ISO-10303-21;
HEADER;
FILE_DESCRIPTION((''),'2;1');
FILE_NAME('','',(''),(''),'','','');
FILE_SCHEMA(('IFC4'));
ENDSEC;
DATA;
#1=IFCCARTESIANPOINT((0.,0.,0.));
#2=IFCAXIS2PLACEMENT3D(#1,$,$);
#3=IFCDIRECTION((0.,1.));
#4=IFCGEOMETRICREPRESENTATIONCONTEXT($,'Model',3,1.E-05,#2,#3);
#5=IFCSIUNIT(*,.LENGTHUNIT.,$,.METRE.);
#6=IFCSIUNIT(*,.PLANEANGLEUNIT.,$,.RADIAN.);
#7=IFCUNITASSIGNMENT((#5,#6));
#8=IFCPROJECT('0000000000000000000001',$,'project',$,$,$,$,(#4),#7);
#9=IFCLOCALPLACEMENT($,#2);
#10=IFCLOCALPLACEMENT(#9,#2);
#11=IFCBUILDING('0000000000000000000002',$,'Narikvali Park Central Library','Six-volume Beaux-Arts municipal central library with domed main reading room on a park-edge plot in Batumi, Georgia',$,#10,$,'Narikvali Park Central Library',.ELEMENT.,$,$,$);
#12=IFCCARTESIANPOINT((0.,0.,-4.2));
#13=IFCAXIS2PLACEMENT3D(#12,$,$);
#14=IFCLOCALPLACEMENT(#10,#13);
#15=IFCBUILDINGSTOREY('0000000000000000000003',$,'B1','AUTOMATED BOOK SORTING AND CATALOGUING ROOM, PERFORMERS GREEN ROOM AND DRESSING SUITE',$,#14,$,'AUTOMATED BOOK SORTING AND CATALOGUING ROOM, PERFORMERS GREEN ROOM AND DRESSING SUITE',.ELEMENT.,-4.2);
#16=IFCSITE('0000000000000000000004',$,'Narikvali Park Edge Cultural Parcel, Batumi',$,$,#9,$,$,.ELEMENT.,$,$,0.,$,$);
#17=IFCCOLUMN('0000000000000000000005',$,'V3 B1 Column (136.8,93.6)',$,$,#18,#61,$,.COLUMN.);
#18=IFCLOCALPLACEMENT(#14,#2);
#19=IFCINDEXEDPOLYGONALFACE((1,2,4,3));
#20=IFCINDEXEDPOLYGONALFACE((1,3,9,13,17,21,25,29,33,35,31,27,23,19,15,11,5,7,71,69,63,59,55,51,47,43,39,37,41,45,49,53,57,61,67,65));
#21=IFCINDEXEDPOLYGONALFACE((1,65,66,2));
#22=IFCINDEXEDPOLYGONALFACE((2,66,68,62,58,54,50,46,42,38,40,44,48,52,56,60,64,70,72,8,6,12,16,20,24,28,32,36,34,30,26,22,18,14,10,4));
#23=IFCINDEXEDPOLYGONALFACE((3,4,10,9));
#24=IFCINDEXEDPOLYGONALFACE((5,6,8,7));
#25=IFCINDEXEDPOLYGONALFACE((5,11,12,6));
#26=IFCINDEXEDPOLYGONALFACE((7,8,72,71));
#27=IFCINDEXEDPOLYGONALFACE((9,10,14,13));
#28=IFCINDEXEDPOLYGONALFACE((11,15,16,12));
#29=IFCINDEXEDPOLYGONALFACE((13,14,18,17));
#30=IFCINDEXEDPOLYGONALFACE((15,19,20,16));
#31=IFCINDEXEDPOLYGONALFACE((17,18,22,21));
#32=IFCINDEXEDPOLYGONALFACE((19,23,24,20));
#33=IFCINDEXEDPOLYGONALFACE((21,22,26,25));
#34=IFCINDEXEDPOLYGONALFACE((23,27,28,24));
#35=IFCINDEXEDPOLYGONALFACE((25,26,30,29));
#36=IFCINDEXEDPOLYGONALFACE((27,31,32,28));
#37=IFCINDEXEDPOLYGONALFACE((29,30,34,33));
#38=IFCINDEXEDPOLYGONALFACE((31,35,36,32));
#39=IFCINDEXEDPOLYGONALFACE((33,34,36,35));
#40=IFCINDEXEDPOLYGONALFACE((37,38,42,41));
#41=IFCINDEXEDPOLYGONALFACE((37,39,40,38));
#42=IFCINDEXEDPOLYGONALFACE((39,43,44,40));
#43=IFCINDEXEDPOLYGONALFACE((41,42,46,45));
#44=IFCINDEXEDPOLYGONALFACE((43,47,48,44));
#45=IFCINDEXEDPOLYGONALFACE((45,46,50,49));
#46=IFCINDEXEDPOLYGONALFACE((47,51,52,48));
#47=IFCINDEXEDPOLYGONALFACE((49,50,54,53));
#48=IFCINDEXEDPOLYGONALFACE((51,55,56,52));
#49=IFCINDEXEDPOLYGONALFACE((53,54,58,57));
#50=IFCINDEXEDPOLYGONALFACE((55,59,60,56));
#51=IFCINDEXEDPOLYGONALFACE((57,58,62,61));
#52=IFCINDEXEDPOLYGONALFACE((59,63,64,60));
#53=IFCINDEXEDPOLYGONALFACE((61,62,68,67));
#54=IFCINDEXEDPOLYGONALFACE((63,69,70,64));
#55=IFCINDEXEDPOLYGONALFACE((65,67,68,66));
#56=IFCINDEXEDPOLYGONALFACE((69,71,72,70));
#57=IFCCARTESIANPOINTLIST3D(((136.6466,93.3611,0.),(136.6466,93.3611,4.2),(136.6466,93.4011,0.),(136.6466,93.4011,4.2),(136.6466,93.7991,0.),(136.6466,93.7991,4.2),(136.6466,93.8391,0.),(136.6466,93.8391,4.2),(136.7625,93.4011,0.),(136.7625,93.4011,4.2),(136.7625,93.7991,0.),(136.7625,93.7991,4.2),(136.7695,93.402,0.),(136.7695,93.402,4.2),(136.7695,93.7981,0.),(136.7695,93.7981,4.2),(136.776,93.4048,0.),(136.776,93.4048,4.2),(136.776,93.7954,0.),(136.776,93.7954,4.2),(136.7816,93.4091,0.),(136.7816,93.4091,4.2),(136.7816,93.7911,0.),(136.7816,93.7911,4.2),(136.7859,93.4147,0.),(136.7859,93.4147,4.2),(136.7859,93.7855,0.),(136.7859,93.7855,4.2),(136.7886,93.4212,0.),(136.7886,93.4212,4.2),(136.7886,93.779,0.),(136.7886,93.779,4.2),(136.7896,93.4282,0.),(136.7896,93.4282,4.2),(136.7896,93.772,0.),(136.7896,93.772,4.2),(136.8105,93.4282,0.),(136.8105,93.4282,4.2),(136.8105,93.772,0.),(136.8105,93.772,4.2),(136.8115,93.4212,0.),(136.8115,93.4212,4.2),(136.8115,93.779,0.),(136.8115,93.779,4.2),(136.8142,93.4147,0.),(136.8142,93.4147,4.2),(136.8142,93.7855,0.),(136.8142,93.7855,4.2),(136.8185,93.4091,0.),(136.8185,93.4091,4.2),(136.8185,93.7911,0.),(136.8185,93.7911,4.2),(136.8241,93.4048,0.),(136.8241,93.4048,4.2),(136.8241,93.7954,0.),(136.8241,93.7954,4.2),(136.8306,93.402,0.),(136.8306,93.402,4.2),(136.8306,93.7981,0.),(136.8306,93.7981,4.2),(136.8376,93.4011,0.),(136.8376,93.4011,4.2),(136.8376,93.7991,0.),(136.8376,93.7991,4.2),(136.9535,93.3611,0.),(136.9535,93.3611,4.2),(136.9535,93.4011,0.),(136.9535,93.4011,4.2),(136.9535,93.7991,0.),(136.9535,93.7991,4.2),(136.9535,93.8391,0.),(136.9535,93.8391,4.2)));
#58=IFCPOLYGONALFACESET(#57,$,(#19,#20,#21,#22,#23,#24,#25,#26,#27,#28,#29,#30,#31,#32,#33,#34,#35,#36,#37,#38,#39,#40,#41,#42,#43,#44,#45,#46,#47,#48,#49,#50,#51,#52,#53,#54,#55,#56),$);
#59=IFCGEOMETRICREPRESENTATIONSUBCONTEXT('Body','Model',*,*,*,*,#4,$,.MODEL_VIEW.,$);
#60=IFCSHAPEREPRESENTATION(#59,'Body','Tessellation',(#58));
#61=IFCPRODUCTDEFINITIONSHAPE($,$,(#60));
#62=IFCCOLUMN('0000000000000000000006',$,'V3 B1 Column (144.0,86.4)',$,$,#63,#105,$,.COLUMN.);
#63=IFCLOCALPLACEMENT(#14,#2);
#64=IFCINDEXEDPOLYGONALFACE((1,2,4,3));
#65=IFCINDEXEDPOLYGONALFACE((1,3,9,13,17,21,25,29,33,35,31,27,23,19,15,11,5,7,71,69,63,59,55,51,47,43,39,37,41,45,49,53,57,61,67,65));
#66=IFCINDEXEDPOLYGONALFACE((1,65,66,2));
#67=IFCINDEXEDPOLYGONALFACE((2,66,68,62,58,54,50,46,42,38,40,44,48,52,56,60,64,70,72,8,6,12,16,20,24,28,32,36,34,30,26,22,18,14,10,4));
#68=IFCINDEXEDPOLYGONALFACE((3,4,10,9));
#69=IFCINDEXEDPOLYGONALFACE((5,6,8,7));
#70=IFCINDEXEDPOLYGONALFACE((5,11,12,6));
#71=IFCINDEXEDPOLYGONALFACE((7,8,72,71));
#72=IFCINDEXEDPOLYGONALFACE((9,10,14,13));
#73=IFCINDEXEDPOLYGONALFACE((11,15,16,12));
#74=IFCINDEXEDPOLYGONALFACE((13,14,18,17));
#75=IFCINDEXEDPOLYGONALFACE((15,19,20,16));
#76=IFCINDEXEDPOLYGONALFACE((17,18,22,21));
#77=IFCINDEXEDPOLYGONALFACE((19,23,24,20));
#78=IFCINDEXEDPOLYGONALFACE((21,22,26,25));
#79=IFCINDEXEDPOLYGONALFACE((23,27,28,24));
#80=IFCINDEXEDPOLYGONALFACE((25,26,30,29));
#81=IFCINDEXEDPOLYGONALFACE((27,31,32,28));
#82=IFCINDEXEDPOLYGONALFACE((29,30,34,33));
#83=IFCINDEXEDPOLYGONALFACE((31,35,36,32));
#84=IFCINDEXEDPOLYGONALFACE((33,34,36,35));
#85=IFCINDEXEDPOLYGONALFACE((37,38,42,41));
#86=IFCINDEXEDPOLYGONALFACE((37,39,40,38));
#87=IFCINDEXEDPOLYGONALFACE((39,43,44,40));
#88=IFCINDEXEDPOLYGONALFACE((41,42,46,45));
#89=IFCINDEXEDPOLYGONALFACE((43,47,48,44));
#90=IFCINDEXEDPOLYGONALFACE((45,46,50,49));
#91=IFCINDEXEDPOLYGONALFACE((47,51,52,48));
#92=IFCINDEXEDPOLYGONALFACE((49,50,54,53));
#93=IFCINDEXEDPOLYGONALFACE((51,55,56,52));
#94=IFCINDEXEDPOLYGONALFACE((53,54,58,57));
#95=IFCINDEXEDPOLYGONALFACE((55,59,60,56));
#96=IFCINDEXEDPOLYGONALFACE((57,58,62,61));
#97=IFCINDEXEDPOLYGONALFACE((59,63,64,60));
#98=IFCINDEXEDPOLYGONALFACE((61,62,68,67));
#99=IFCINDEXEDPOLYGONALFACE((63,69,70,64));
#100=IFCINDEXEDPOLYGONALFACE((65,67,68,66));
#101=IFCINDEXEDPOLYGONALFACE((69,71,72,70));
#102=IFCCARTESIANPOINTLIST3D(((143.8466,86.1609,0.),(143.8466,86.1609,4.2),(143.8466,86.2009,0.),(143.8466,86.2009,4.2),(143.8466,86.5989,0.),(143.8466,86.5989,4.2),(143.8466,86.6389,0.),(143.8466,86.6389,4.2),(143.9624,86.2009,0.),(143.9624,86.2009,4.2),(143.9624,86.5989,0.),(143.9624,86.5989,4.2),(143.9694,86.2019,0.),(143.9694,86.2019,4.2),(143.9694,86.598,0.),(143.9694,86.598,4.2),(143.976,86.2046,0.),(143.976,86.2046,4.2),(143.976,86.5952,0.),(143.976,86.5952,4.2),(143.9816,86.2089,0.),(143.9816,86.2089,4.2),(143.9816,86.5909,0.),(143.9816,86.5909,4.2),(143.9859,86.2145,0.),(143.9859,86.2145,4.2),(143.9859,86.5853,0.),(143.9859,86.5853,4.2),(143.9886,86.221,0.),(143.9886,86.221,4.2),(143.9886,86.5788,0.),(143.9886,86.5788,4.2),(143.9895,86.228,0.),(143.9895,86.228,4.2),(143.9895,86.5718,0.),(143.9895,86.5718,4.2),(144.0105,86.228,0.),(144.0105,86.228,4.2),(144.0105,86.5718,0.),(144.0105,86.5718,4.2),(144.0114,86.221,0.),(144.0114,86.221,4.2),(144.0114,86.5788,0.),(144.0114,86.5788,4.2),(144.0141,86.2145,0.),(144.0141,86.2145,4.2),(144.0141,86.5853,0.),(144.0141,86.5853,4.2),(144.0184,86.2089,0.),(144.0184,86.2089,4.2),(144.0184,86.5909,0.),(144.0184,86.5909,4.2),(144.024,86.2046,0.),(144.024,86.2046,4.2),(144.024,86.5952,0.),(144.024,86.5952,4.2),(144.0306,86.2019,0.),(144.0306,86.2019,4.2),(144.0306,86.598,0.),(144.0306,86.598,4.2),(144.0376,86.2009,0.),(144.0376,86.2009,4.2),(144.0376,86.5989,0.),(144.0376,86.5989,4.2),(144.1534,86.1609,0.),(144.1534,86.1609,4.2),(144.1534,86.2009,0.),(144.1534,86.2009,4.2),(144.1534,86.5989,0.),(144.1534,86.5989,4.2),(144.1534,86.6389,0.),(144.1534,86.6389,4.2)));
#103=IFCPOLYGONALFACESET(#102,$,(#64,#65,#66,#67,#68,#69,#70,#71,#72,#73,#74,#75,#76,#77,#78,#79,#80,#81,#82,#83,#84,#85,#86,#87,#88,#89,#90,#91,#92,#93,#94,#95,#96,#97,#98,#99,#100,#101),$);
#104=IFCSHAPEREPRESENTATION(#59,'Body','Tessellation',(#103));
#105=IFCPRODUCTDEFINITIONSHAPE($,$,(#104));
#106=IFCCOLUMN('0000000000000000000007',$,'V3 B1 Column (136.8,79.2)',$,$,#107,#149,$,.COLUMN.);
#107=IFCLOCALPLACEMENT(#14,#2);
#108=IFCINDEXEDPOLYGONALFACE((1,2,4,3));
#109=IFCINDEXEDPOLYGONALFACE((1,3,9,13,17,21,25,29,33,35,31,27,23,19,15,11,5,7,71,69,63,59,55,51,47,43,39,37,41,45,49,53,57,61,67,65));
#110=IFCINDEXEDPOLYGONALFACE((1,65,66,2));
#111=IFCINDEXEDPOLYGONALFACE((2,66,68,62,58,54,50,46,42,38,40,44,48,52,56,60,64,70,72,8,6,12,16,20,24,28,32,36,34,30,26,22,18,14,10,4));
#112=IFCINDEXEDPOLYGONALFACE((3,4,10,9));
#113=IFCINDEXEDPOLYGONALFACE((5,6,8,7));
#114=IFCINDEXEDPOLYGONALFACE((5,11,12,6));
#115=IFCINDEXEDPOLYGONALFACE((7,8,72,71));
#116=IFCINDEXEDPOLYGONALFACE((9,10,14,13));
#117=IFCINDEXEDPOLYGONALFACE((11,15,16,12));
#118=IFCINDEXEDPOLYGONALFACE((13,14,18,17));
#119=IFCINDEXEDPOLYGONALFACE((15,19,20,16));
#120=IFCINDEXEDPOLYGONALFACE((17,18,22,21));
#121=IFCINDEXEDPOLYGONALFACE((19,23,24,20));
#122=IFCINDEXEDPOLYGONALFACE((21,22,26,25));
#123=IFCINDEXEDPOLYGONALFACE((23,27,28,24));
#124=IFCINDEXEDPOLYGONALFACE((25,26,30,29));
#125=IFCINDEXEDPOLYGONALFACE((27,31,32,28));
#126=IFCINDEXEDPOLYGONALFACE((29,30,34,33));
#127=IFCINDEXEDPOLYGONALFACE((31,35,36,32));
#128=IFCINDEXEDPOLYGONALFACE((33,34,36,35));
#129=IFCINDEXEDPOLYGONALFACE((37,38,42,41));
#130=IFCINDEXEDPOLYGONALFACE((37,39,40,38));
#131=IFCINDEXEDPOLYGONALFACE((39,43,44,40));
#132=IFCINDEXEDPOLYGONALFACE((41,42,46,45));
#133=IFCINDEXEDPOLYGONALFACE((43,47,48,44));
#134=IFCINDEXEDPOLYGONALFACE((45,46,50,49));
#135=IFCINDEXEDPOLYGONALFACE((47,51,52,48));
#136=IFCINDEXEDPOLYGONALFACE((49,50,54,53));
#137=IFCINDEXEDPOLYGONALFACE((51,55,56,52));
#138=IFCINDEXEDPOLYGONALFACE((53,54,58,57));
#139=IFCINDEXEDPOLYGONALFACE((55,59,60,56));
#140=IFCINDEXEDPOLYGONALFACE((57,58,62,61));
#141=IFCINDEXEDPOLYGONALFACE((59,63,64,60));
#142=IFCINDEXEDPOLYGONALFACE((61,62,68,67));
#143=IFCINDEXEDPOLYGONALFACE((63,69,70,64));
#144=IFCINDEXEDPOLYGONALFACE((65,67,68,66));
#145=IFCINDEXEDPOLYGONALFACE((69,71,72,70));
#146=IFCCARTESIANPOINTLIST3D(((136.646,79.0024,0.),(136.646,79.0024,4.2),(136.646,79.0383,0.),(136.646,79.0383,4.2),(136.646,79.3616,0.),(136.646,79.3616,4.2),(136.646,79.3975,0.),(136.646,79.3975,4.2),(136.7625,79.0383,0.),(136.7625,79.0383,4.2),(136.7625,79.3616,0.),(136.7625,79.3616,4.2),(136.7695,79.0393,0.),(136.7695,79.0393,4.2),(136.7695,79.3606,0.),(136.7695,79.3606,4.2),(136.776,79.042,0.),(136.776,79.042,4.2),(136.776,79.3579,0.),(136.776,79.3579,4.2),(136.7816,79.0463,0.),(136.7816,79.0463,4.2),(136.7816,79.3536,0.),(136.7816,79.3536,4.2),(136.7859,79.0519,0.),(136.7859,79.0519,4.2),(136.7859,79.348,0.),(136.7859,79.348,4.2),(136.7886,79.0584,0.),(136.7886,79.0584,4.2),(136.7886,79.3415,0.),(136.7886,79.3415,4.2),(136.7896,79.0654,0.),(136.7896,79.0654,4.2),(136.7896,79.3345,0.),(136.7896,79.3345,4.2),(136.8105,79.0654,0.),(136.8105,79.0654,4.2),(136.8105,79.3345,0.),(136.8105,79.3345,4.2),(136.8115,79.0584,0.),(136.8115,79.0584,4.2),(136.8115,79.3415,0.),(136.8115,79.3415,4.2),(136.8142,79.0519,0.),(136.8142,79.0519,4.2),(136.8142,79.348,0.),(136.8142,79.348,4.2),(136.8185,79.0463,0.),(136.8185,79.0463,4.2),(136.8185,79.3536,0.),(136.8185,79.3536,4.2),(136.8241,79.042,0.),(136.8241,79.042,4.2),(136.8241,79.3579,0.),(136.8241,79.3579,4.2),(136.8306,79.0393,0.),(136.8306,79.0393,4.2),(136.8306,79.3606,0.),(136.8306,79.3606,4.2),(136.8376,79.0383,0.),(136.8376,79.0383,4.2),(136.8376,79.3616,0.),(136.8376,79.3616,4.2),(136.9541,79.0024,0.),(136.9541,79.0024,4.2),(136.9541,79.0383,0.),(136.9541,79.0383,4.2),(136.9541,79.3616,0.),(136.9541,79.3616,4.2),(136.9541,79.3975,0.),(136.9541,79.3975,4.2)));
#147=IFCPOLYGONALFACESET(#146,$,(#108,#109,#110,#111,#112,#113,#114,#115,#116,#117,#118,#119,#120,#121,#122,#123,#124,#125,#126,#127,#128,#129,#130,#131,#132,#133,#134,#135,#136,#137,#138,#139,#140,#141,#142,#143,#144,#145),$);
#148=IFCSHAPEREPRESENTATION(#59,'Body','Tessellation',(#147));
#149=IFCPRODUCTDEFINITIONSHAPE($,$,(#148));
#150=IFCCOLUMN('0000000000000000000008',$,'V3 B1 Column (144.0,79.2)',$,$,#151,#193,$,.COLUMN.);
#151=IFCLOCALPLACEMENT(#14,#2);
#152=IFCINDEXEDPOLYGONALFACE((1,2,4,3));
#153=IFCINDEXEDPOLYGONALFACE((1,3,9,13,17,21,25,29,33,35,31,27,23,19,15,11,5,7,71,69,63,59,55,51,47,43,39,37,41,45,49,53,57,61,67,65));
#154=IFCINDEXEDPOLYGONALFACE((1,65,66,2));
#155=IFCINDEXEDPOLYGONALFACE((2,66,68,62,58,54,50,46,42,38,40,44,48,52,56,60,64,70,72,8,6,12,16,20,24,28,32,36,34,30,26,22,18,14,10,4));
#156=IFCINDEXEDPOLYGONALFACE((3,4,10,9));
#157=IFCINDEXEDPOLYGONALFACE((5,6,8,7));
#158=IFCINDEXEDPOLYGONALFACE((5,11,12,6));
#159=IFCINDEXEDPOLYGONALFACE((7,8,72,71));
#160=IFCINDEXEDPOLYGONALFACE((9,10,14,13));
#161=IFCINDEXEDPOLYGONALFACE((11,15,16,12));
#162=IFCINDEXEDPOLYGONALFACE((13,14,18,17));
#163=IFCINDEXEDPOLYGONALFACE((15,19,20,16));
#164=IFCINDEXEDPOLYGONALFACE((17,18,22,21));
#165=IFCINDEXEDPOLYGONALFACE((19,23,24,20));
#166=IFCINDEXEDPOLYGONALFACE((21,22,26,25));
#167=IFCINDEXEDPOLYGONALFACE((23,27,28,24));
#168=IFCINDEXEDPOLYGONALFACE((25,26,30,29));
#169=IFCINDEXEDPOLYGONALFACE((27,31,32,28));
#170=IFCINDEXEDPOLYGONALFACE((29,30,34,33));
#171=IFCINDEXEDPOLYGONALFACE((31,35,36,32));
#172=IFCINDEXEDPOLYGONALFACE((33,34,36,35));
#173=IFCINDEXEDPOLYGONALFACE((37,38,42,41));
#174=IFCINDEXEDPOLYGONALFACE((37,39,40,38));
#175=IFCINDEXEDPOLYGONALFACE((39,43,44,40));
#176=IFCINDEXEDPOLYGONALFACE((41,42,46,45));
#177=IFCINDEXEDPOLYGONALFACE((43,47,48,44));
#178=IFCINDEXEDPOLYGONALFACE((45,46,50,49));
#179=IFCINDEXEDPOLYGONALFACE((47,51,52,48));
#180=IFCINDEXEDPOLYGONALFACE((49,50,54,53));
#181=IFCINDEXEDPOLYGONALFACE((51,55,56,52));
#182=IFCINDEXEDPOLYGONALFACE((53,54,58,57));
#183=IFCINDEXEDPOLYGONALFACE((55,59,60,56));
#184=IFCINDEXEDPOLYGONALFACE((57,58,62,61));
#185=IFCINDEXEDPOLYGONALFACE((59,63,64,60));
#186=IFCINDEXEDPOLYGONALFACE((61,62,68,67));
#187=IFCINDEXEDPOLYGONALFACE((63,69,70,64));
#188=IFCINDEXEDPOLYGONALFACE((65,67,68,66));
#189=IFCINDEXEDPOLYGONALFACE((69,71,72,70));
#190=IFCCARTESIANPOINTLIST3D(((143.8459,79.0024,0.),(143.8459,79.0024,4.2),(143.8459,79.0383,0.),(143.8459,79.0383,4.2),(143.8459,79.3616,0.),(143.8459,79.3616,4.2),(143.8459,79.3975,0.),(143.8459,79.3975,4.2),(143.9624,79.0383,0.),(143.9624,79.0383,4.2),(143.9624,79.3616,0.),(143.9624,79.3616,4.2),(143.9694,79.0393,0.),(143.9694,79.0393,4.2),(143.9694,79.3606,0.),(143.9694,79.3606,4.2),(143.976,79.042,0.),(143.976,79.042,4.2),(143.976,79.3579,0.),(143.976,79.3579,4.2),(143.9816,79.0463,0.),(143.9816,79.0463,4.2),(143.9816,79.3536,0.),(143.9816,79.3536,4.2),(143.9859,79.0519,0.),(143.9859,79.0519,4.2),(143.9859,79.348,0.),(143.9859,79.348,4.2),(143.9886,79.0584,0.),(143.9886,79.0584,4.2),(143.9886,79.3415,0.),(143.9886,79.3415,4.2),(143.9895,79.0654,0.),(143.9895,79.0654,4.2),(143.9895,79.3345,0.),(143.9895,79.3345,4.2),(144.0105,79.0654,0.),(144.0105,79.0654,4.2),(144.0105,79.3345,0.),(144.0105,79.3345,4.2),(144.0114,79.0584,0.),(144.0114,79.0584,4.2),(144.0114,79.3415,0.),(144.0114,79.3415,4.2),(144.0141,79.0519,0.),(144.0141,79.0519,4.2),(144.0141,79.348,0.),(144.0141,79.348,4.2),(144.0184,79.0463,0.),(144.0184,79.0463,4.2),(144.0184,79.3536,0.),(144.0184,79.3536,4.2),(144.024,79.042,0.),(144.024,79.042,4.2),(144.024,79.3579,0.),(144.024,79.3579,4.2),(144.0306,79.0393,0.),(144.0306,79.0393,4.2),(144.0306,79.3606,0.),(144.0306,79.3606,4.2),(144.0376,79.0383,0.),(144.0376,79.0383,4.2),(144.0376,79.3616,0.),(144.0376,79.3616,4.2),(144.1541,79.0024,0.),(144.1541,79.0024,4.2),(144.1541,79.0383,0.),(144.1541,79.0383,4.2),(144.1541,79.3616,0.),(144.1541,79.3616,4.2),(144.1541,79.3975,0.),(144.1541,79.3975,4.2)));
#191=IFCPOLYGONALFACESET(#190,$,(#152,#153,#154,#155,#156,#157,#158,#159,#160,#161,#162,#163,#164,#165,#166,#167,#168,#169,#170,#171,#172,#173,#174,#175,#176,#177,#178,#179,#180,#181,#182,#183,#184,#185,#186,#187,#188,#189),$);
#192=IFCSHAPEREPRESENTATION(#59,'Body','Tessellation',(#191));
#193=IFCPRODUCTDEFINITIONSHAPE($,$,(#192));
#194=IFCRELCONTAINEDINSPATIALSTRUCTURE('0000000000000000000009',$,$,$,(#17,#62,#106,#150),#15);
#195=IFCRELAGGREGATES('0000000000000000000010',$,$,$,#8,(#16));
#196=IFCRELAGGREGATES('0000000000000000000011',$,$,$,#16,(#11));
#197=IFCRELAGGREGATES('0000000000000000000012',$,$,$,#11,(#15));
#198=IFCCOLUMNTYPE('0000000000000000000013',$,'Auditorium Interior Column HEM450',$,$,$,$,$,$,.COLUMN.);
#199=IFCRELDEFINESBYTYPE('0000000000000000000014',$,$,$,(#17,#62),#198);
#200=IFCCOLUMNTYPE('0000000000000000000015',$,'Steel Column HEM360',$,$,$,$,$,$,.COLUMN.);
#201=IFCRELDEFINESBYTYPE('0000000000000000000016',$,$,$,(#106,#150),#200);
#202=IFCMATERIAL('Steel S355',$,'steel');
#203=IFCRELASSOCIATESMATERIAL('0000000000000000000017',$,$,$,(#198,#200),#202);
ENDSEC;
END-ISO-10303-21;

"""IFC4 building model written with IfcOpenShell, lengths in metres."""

from ifc_helpers import new_model, si_unit, direction, frame, origin, origin_2d, place, context, subcontext, project, spatial, i_section, extrude, material, material_profile, profile_set, type_object, element, save


model = new_model("IFC4")

# Units and contexts
model_context = context("Model", 3, precision=1e-05, world=origin(), true_north=direction((0.0, 1.0)))
body_context = subcontext(model_context, "Body", "Model", "MODEL_VIEW")
ifc_project = project(units=[si_unit("LENGTHUNIT", "METRE"), si_unit("PLANEANGLEUNIT", "RADIAN")], contexts=[model_context])

# Site, building, storey
site_placement = place(None, origin())
site = spatial("IfcSite", under=ifc_project, at=site_placement, Name="Narikvali Park Edge Cultural Parcel, Batumi", CompositionType="ELEMENT", RefElevation=0.0)
building_placement = place(site_placement, origin())
building = spatial("IfcBuilding", under=site, at=building_placement, Name="Narikvali Park Central Library", Description="Six-volume Beaux-Arts municipal central library with domed main reading room on a park-edge plot in Batumi, Georgia", LongName="Narikvali Park Central Library", CompositionType="ELEMENT")
storey_placement = place(building_placement, frame((0.0, 0.0, -4.2)))
storey = spatial("IfcBuildingStorey", under=building, at=storey_placement, Name="B1", Description="AUTOMATED BOOK SORTING AND CATALOGUING ROOM, PERFORMERS GREEN ROOM AND DRESSING SUITE", LongName="AUTOMATED BOOK SORTING AND CATALOGUING ROOM, PERFORMERS GREEN ROOM AND DRESSING SUITE", CompositionType="ELEMENT", Elevation=-4.2)

# Columns
ifc_material_1 = material(Name="Steel S355", Category="steel")
ifc_material_profile_1 = material_profile(ifc_material_1, i_section(OverallWidth=0.3069, OverallDepth=0.478, WebThickness=0.021, FlangeThickness=0.04, FilletRadius=0.0271, at=origin_2d()), Name="HEM 450")
ifc_profile_set_1 = profile_set([ifc_material_profile_1], Name="Steel S355")
column_type_1 = type_object("IfcColumnType", Name="Auditorium Interior Column HEM450", PredefinedType="COLUMN", material=ifc_profile_set_1)
for number, where, z_axis, x_axis, name in (
    (1, (136.8, 93.6001, 0.0), (0.0, 0.0, 1.0), (1.0, 0.0, 0.0), "V3 B1 Column (136.8,93.6)"),
    (2, (144.0, 86.3999, 0.0), (0.0, 0.0, 1.0), (1.0, 0.0, 0.0), "V3 B1 Column (144.0,86.4)"),
):
    element("IfcColumn", number, at=place(storey_placement, frame(where, z_axis=z_axis, x_axis=x_axis)), inside=storey, type_object=column_type_1, Name=name, PredefinedType="COLUMN", context=body_context, shape_type="SweptSolid", body=[
        extrude(i_section(OverallWidth=0.3069, OverallDepth=0.478, WebThickness=0.021, FlangeThickness=0.04, FilletRadius=0.0271, at=origin_2d()), origin(), (0.0, 0.0, 1.0), 4.2),
    ])
ifc_material_profile_2 = material_profile(ifc_material_1, i_section(OverallWidth=0.3081, OverallDepth=0.395, WebThickness=0.021, FlangeThickness=0.0359, FilletRadius=0.0271, at=origin_2d()), Name="HEM 360")
ifc_profile_set_2 = profile_set([ifc_material_profile_2], Name="Steel S355")
column_type_2 = type_object("IfcColumnType", Name="Steel Column HEM360", PredefinedType="COLUMN", material=ifc_profile_set_2)
for number, where, z_axis, x_axis, name in (
    (3, (136.8, 79.2, 0.0), (0.0, 0.0, 1.0), (1.0, 0.0, 0.0), "V3 B1 Column (136.8,79.2)"),
    (4, (144.0, 79.2, 0.0), (0.0, 0.0, 1.0), (1.0, 0.0, 0.0), "V3 B1 Column (144.0,79.2)"),
):
    element("IfcColumn", number, at=place(storey_placement, frame(where, z_axis=z_axis, x_axis=x_axis)), inside=storey, type_object=column_type_2, Name=name, PredefinedType="COLUMN", context=body_context, shape_type="SweptSolid", body=[
        extrude(i_section(OverallWidth=0.3081, OverallDepth=0.395, WebThickness=0.021, FlangeThickness=0.0359, FilletRadius=0.0271, at=origin_2d()), origin(), (0.0, 0.0, 1.0), 4.2),
    ])

save(model, "model.ifc")
